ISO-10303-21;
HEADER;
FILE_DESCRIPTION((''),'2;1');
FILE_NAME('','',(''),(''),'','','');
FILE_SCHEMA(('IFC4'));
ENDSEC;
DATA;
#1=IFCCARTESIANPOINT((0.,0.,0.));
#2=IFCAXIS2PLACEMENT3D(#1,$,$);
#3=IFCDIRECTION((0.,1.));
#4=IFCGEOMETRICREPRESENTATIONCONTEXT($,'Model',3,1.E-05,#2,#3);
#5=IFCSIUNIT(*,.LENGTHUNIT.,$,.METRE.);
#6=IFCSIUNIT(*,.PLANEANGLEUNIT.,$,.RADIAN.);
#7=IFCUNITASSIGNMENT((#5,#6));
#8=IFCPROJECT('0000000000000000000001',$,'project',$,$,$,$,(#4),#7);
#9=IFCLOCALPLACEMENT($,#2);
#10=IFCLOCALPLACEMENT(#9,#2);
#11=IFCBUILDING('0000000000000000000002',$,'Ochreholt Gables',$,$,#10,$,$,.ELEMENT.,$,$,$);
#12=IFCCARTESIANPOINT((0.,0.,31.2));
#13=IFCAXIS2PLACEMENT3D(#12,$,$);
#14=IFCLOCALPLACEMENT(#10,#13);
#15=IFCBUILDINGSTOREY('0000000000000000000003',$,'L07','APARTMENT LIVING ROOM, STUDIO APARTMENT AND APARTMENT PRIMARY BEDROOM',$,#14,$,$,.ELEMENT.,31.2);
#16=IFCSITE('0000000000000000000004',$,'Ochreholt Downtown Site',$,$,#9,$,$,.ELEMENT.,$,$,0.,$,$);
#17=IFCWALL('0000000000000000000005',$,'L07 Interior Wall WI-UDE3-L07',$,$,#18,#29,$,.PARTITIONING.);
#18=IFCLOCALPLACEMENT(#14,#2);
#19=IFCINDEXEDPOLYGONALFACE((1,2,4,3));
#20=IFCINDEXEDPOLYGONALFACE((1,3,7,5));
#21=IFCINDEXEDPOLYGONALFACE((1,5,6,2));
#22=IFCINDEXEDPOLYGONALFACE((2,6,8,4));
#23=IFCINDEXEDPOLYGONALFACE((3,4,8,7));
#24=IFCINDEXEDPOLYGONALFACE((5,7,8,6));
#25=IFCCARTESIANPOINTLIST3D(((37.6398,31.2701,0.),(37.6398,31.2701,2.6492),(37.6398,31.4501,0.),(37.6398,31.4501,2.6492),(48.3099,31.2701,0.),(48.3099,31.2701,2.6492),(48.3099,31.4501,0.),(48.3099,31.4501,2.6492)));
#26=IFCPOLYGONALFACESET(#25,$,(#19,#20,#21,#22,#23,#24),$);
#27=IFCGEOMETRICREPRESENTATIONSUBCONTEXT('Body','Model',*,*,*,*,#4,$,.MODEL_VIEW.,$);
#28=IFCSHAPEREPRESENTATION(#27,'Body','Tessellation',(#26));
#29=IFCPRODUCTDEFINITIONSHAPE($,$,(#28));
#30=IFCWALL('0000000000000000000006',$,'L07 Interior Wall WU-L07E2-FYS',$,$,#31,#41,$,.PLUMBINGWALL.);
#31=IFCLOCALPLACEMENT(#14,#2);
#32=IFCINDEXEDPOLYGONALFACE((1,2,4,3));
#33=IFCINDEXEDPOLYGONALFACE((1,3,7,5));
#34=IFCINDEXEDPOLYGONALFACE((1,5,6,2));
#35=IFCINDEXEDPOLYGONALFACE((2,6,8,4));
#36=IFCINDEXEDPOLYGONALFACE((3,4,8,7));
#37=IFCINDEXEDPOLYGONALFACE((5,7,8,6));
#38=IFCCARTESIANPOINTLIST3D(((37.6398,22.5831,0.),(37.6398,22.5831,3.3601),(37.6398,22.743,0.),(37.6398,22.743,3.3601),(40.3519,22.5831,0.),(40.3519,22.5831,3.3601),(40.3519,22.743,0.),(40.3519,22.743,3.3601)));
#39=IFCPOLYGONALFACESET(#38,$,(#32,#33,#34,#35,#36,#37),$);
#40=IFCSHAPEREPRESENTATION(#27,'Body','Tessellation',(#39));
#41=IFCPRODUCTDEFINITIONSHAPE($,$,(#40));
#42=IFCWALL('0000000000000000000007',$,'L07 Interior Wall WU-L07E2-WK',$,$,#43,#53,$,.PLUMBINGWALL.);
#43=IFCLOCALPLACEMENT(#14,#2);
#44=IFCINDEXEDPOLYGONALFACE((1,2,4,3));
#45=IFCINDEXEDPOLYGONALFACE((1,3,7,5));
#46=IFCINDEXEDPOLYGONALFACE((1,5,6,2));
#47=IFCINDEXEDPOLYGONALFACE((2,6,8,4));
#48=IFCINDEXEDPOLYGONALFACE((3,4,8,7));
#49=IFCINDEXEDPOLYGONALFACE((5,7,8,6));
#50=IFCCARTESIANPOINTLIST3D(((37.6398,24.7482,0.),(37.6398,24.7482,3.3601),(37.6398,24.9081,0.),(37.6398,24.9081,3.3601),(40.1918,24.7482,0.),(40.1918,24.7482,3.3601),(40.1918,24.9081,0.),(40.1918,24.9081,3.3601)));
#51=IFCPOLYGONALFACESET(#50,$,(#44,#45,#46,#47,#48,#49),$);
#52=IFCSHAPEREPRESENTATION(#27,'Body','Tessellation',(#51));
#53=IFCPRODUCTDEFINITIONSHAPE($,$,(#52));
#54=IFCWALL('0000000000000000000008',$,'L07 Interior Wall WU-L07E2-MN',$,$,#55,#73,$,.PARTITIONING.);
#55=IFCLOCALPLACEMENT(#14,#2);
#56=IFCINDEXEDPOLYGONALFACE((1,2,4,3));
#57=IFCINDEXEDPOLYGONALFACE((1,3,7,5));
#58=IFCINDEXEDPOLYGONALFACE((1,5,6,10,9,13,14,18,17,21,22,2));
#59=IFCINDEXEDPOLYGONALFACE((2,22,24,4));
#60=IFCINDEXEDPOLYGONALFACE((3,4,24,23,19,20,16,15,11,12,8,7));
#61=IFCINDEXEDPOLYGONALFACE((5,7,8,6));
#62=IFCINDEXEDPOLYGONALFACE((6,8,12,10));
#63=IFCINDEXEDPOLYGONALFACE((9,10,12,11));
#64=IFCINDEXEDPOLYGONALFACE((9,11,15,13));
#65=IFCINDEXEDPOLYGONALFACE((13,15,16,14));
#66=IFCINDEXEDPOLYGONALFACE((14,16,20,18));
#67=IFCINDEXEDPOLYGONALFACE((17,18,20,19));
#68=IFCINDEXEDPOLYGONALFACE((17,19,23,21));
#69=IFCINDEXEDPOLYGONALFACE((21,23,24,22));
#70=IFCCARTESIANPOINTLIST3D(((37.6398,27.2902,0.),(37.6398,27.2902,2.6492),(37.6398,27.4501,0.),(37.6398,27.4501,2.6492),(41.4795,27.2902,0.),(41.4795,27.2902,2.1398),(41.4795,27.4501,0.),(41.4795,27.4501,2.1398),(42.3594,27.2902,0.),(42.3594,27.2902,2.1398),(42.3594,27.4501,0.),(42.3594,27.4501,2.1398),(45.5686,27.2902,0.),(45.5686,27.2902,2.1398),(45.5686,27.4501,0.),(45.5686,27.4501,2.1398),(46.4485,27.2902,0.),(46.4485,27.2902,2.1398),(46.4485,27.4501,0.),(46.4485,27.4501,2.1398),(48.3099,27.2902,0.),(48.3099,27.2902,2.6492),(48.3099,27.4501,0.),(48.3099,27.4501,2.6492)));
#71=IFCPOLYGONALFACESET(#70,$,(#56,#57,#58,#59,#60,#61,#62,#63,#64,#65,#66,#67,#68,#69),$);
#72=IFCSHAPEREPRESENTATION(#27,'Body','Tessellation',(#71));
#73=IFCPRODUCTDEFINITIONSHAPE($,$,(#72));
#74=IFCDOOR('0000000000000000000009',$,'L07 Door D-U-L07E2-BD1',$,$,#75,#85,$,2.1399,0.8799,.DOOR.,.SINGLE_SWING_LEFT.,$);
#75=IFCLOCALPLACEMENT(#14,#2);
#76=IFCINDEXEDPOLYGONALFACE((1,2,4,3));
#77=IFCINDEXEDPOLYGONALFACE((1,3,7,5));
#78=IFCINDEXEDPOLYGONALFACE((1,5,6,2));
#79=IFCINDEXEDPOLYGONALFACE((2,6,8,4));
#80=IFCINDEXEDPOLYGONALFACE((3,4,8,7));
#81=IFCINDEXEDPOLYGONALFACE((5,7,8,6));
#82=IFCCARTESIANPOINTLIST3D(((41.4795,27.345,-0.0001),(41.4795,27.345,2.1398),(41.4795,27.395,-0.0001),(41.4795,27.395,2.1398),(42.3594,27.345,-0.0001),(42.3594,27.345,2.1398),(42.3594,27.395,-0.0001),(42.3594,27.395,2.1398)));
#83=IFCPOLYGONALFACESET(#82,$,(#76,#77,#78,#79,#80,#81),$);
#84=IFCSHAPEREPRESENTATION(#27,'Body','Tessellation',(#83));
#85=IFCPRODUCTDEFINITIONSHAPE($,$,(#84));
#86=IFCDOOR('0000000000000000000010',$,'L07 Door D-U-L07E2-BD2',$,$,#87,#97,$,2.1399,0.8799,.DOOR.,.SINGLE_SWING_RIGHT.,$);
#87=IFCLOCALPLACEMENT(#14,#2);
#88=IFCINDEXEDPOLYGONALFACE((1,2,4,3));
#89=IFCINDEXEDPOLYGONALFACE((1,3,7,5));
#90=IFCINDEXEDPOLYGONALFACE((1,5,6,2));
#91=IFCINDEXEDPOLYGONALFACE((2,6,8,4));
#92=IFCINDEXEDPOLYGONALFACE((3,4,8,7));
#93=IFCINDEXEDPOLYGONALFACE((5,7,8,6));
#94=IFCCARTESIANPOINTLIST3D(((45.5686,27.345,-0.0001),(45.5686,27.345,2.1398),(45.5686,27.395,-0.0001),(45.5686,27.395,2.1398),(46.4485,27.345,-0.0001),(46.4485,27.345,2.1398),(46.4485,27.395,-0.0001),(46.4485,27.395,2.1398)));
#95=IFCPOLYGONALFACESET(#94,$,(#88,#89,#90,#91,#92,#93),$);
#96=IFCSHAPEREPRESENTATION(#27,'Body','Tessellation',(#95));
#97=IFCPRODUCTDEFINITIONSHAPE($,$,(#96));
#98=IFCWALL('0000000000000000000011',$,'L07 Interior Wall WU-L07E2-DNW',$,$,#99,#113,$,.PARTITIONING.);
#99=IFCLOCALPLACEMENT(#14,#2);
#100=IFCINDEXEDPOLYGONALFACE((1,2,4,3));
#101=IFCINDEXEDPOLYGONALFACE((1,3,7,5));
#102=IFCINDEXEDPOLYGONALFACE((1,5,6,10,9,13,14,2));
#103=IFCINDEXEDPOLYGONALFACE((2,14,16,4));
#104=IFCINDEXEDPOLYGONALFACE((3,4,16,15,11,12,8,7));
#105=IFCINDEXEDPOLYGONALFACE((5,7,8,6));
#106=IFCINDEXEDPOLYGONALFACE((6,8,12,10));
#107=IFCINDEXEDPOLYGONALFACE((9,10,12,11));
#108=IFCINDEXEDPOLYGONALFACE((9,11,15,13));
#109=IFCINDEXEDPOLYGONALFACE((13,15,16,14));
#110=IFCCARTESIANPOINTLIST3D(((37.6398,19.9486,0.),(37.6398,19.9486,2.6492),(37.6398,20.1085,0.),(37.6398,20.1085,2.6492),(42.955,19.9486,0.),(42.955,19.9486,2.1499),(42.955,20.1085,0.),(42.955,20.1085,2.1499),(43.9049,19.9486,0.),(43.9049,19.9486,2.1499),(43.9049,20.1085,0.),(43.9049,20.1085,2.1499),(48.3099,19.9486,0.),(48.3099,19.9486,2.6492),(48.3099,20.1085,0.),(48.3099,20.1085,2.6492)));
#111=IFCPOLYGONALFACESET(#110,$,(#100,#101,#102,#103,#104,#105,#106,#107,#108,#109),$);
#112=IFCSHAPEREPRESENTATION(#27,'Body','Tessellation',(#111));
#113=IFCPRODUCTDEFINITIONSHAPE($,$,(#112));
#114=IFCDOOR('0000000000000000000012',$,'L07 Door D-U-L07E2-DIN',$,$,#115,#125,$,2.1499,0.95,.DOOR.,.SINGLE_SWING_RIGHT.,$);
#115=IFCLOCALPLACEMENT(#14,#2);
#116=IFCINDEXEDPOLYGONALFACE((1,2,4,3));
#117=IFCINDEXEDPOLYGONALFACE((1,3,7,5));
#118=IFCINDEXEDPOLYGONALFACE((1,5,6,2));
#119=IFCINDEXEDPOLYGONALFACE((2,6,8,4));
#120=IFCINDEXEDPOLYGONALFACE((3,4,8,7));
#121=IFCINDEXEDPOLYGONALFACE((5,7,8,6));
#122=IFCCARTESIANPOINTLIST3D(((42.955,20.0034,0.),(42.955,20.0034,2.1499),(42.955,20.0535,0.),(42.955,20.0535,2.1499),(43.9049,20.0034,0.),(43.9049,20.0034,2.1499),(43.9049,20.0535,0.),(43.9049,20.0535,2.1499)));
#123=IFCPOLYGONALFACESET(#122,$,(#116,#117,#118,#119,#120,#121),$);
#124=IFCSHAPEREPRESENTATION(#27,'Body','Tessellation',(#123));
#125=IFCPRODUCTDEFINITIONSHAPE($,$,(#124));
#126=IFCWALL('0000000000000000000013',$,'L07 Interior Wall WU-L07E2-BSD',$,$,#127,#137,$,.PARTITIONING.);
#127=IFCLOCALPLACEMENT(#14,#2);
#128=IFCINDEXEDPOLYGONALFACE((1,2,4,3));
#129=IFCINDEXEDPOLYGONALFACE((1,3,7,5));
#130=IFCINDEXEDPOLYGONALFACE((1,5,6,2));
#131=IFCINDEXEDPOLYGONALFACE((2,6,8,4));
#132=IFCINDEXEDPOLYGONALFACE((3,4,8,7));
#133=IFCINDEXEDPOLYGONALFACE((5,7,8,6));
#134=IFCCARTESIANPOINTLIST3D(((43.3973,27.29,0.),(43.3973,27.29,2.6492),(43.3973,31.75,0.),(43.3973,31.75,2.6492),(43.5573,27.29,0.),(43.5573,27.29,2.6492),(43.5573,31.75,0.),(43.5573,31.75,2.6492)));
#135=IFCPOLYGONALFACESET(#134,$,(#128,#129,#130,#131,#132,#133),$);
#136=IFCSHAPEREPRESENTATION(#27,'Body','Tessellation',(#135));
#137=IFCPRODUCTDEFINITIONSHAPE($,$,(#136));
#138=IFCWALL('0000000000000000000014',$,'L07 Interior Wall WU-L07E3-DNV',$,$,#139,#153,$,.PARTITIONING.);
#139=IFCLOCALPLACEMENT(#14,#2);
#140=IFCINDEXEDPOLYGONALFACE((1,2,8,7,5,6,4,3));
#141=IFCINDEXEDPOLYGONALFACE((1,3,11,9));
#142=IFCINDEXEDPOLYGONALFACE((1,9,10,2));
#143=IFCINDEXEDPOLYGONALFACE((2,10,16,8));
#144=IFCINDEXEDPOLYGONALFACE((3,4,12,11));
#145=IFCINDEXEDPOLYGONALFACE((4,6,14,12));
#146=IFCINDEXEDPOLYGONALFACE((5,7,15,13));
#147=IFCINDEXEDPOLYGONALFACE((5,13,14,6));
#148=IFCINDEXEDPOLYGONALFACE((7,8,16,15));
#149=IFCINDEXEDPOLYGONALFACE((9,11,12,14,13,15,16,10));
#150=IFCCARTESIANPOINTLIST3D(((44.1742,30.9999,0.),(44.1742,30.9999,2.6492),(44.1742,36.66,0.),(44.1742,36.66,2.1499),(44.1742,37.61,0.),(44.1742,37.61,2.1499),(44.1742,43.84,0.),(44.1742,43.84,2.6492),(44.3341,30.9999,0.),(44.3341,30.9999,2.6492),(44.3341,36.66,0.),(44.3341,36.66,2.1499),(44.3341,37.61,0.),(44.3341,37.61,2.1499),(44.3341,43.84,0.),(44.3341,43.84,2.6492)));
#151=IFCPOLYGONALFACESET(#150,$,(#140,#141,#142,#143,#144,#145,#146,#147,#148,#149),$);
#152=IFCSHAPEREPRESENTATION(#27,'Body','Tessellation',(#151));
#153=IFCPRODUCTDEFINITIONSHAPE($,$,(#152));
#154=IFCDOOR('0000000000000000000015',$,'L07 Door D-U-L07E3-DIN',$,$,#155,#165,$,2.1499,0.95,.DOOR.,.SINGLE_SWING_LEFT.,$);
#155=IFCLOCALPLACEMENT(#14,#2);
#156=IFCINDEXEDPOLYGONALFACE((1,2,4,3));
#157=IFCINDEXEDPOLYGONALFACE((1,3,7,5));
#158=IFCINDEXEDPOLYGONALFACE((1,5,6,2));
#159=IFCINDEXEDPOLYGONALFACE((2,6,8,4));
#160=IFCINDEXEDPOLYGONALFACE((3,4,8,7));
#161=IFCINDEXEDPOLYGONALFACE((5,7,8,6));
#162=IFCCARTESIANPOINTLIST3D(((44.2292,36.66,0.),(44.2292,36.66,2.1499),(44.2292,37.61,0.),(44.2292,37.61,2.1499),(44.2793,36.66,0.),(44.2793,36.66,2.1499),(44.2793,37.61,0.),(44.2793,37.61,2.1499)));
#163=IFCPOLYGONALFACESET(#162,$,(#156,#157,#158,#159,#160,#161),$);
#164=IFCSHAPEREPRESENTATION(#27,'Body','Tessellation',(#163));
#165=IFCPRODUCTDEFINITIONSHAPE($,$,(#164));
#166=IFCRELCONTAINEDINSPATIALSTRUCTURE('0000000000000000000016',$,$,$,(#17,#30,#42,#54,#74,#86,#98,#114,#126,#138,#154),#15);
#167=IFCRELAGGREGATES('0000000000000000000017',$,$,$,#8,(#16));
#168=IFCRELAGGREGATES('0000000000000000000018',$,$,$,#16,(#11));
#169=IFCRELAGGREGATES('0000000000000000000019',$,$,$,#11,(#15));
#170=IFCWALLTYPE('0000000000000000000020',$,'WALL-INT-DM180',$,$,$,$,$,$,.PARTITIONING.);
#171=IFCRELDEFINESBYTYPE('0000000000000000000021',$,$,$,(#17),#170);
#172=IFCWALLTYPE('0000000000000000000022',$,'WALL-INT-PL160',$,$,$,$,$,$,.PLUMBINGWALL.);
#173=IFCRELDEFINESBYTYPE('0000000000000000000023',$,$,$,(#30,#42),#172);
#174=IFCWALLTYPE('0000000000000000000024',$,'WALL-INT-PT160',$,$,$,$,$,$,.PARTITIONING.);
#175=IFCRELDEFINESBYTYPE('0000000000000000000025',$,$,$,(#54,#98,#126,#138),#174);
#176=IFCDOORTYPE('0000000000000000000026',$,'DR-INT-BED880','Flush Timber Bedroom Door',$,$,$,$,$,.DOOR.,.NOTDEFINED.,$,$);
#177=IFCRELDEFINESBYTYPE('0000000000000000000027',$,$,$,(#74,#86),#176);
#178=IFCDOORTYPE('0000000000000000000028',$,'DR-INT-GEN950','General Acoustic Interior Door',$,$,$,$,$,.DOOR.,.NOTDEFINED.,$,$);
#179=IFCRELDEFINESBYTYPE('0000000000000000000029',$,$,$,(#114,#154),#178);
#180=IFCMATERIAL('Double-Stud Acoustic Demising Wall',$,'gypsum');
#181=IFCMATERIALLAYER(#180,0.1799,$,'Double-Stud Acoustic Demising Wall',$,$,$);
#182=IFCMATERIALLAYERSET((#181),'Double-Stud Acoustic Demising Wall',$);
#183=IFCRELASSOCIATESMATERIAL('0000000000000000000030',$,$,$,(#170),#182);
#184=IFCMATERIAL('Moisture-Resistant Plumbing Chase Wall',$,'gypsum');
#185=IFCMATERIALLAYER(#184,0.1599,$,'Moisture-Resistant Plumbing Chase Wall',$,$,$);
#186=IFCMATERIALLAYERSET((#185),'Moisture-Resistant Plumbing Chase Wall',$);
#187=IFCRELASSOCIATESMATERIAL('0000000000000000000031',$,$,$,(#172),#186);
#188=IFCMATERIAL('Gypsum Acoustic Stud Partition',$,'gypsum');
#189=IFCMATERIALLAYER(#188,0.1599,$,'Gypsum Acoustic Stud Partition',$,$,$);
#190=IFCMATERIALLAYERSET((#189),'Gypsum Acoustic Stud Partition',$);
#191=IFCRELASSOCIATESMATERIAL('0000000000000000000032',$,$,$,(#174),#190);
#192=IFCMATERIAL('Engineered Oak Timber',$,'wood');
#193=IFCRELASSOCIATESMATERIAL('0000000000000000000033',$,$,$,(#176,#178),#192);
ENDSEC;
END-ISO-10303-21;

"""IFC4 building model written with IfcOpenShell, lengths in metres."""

from ifc_helpers import new_model, si_unit, direction, frame, frame_2d, origin, place, context, subcontext, project, spatial, rectangle, extrude, material, layer, layer_set, type_object, element, fill, save


model = new_model("IFC4")

# Units and contexts
model_context = context("Model", 3, precision=1e-05, world=origin(), true_north=direction((0.0, 1.0)))
body_context = subcontext(model_context, "Body", "Model", "MODEL_VIEW")
ifc_project = project(units=[si_unit("LENGTHUNIT", "METRE"), si_unit("PLANEANGLEUNIT", "RADIAN")], contexts=[model_context])

# Site, building, storey
site_placement = place(None, origin())
site = spatial("IfcSite", under=ifc_project, at=site_placement, Name="Ochreholt Downtown Site", CompositionType="ELEMENT", RefElevation=0.0)
building_placement = place(site_placement, origin())
building = spatial("IfcBuilding", under=site, at=building_placement, Name="Ochreholt Gables", CompositionType="ELEMENT")
storey_placement = place(building_placement, frame((0.0, 0.0, 31.2)))
storey = spatial("IfcBuildingStorey", under=building, at=storey_placement, Name="L07", Description="APARTMENT LIVING ROOM, STUDIO APARTMENT AND APARTMENT PRIMARY BEDROOM", CompositionType="ELEMENT", Elevation=31.2)

# Walls
ifc_material_1 = material(Name="Double-Stud Acoustic Demising Wall", Category="gypsum")
ifc_layer_1 = layer(ifc_material_1, 0.1799, Name="Double-Stud Acoustic Demising Wall")
ifc_layer_set_1 = layer_set([ifc_layer_1], Name="Double-Stud Acoustic Demising Wall")
wall_type_1 = type_object("IfcWallType", Name="WALL-INT-DM180", PredefinedType="PARTITIONING", material=ifc_layer_set_1)
wall_1_placement = place(storey_placement, frame((37.6399, 31.3601, 0.0), z_axis=(0.0, 0.0, 1.0), x_axis=(1.0, 0.0, 0.0)))
element("IfcWall", 1, at=wall_1_placement, inside=storey, type_object=wall_type_1, Name="L07 Interior Wall WI-UDE3-L07", PredefinedType="PARTITIONING", context=body_context, shape_type="SweptSolid", body=[
    extrude(rectangle(XDim=10.6702, YDim=0.1799, at=frame_2d((5.335, 0.0))), origin(), (0.0, 0.0, 1.0), 2.6492),
])
ifc_material_2 = material(Name="Moisture-Resistant Plumbing Chase Wall", Category="gypsum")
ifc_layer_2 = layer(ifc_material_2, 0.1599, Name="Moisture-Resistant Plumbing Chase Wall")
ifc_layer_set_2 = layer_set([ifc_layer_2], Name="Moisture-Resistant Plumbing Chase Wall")
wall_type_2 = type_object("IfcWallType", Name="WALL-INT-PL160", PredefinedType="PLUMBINGWALL", material=ifc_layer_set_2)
wall_2_placement = place(storey_placement, frame((37.6399, 22.6631, 0.0), z_axis=(0.0, 0.0, 1.0), x_axis=(1.0, 0.0, 0.0)))
element("IfcWall", 2, at=wall_2_placement, inside=storey, type_object=wall_type_2, Name="L07 Interior Wall WU-L07E2-FYS", PredefinedType="PLUMBINGWALL", context=body_context, shape_type="SweptSolid", body=[
    extrude(rectangle(XDim=2.7122, YDim=0.1599, at=frame_2d((1.356, 0.0))), origin(), (0.0, 0.0, 1.0), 3.3601),
])

# Shared definitions
ifc_material_3 = material(Name="Engineered Oak Timber", Category="wood")

# Wall
wall_3_placement = place(storey_placement, frame((37.6399, 24.8281, 0.0), z_axis=(0.0, 0.0, 1.0), x_axis=(1.0, 0.0, 0.0)))
element("IfcWall", 3, at=wall_3_placement, inside=storey, type_object=wall_type_2, Name="L07 Interior Wall WU-L07E2-WK", PredefinedType="PLUMBINGWALL", context=body_context, shape_type="SweptSolid", body=[
    extrude(rectangle(XDim=2.552, YDim=0.1599, at=frame_2d((1.2759, 0.0))), origin(), (0.0, 0.0, 1.0), 3.3601),
])

# Wall, openings, doors
ifc_material_4 = material(Name="Gypsum Acoustic Stud Partition", Category="gypsum")
ifc_layer_3 = layer(ifc_material_4, 0.1599, Name="Gypsum Acoustic Stud Partition")
ifc_layer_set_3 = layer_set([ifc_layer_3], Name="Gypsum Acoustic Stud Partition")
wall_type_3 = type_object("IfcWallType", Name="WALL-INT-PT160", PredefinedType="PARTITIONING", material=ifc_layer_set_3)
wall_4_placement = place(storey_placement, frame((37.6399, 27.3701, 0.0), z_axis=(0.0, 0.0, 1.0), x_axis=(1.0, 0.0, 0.0)))
wall_4 = element("IfcWall", 4, at=wall_4_placement, inside=storey, type_object=wall_type_3, Name="L07 Interior Wall WU-L07E2-MN", PredefinedType="PARTITIONING", context=body_context, shape_type="SweptSolid", body=[
    extrude(rectangle(XDim=10.6702, YDim=0.1599, at=frame_2d((5.335, 0.0))), origin(), (0.0, 0.0, 1.0), 2.6492),
])
opening_1_placement = place(wall_4_placement, frame((3.8396, 0.0, 0.0)))
opening_1 = element("IfcOpeningElement", 5, at=opening_1_placement, cuts=wall_4, PredefinedType="OPENING", context=body_context, shape_type="SweptSolid", body=[
    extrude(rectangle(XDim=0.8799, YDim=2.1399, at=frame_2d((0.4399, 1.0698))), frame((0.0, 0.0898, 0.0), z_axis=(0.0, -1.0, 0.0), x_axis=(1.0, 0.0, 0.0)), (0.0, 0.0, 1.0), 0.1799),
])
opening_2_placement = place(wall_4_placement, frame((7.9287, 0.0, 0.0)))
opening_2 = element("IfcOpeningElement", 6, at=opening_2_placement, cuts=wall_4, PredefinedType="OPENING", context=body_context, shape_type="SweptSolid", body=[
    extrude(rectangle(XDim=0.8799, YDim=2.1399, at=frame_2d((0.4399, 1.0698))), frame((0.0, 0.0898, 0.0), z_axis=(0.0, -1.0, 0.0), x_axis=(1.0, 0.0, 0.0)), (0.0, 0.0, 1.0), 0.1799),
])
door_type_1 = type_object("IfcDoorType", Name="DR-INT-BED880", Description="Flush Timber Bedroom Door", OperationType="NOTDEFINED", PredefinedType="DOOR", material=ifc_material_3)
door_1_placement = place(opening_1_placement, origin())
door_1 = element("IfcDoor", 7, at=door_1_placement, inside=storey, type_object=door_type_1, Name="L07 Door D-U-L07E2-BD1", OperationType="SINGLE_SWING_LEFT", OverallHeight=2.1399, OverallWidth=0.8799, PredefinedType="DOOR", context=body_context, shape_type="SweptSolid", body=[
    extrude(rectangle(XDim=0.8799, YDim=2.1399, at=frame_2d((0.4399, 1.0698))), frame((0.0, 0.0249, 0.0), z_axis=(0.0, -1.0, 0.0), x_axis=(1.0, 0.0, 0.0)), (0.0, 0.0, 1.0), 0.05),
])
fill(opening_1, door_1)
door_2_placement = place(opening_2_placement, origin())
door_2 = element("IfcDoor", 8, at=door_2_placement, inside=storey, type_object=door_type_1, Name="L07 Door D-U-L07E2-BD2", OperationType="SINGLE_SWING_RIGHT", OverallHeight=2.1399, OverallWidth=0.8799, PredefinedType="DOOR", context=body_context, shape_type="SweptSolid", body=[
    extrude(rectangle(XDim=0.8799, YDim=2.1399, at=frame_2d((0.4399, 1.0698))), frame((0.0, 0.0249, 0.0), z_axis=(0.0, -1.0, 0.0), x_axis=(1.0, 0.0, 0.0)), (0.0, 0.0, 1.0), 0.05),
])
fill(opening_2, door_2)

# Wall, opening, door
wall_5_placement = place(storey_placement, frame((37.6399, 20.0286, 0.0), z_axis=(0.0, 0.0, 1.0), x_axis=(1.0, 0.0, 0.0)))
wall_5 = element("IfcWall", 9, at=wall_5_placement, inside=storey, type_object=wall_type_3, Name="L07 Interior Wall WU-L07E2-DNW", PredefinedType="PARTITIONING", context=body_context, shape_type="SweptSolid", body=[
    extrude(rectangle(XDim=10.6702, YDim=0.1599, at=frame_2d((5.335, 0.0))), origin(), (0.0, 0.0, 1.0), 2.6492),
])
opening_3_placement = place(wall_5_placement, frame((5.3149, 0.0, 0.0)))
opening_3 = element("IfcOpeningElement", 10, at=opening_3_placement, cuts=wall_5, PredefinedType="OPENING", context=body_context, shape_type="SweptSolid", body=[
    extrude(rectangle(XDim=0.95, YDim=2.1499, at=frame_2d((0.4751, 1.075))), frame((0.0, 0.0898, 0.0), z_axis=(0.0, -1.0, 0.0), x_axis=(1.0, 0.0, 0.0)), (0.0, 0.0, 1.0), 0.1799),
])
door_type_2 = type_object("IfcDoorType", Name="DR-INT-GEN950", Description="General Acoustic Interior Door", OperationType="NOTDEFINED", PredefinedType="DOOR", material=ifc_material_3)
door_3_placement = place(opening_3_placement, origin())
door_3 = element("IfcDoor", 11, at=door_3_placement, inside=storey, type_object=door_type_2, Name="L07 Door D-U-L07E2-DIN", OperationType="SINGLE_SWING_RIGHT", OverallHeight=2.1499, OverallWidth=0.95, PredefinedType="DOOR", context=body_context, shape_type="SweptSolid", body=[
    extrude(rectangle(XDim=0.95, YDim=2.1499, at=frame_2d((0.4751, 1.075))), frame((0.0, 0.0249, 0.0), z_axis=(0.0, -1.0, 0.0), x_axis=(1.0, 0.0, 0.0)), (0.0, 0.0, 1.0), 0.05),
])
fill(opening_3, door_3)

# Wall
wall_6_placement = place(storey_placement, frame((43.4773, 27.29, 0.0), z_axis=(0.0, 0.0, 1.0), x_axis=(0.0, 1.0, 0.0)))
element("IfcWall", 12, at=wall_6_placement, inside=storey, type_object=wall_type_3, Name="L07 Interior Wall WU-L07E2-BSD", PredefinedType="PARTITIONING", context=body_context, shape_type="SweptSolid", body=[
    extrude(rectangle(XDim=4.46, YDim=0.1599, at=frame_2d((2.23, 0.0))), origin(), (0.0, 0.0, 1.0), 2.6492),
])

# Wall, opening, door
wall_7_placement = place(storey_placement, frame((44.2542, 31.0, 0.0), z_axis=(0.0, 0.0, 1.0), x_axis=(0.0, 1.0, 0.0)))
wall_7 = element("IfcWall", 13, at=wall_7_placement, inside=storey, type_object=wall_type_3, Name="L07 Interior Wall WU-L07E3-DNV", PredefinedType="PARTITIONING", context=body_context, shape_type="SweptSolid", body=[
    extrude(rectangle(XDim=12.8401, YDim=0.1599, at=frame_2d((6.4199, 0.0))), origin(), (0.0, 0.0, 1.0), 2.6492),
])
opening_4_placement = place(wall_7_placement, frame((5.6599, 0.0, 0.0)))
opening_4 = element("IfcOpeningElement", 14, at=opening_4_placement, cuts=wall_7, PredefinedType="OPENING", context=body_context, shape_type="SweptSolid", body=[
    extrude(rectangle(XDim=0.95, YDim=2.1499, at=frame_2d((0.4751, 1.075))), frame((0.0, 0.0898, 0.0), z_axis=(0.0, -1.0, 0.0), x_axis=(1.0, 0.0, 0.0)), (0.0, 0.0, 1.0), 0.1799),
])
door_4_placement = place(opening_4_placement, origin())
door_4 = element("IfcDoor", 15, at=door_4_placement, inside=storey, type_object=door_type_2, Name="L07 Door D-U-L07E3-DIN", OperationType="SINGLE_SWING_LEFT", OverallHeight=2.1499, OverallWidth=0.95, PredefinedType="DOOR", context=body_context, shape_type="SweptSolid", body=[
    extrude(rectangle(XDim=0.95, YDim=2.1499, at=frame_2d((0.4751, 1.075))), frame((0.0, 0.0249, 0.0), z_axis=(0.0, -1.0, 0.0), x_axis=(1.0, 0.0, 0.0)), (0.0, 0.0, 1.0), 0.05),
])
fill(opening_4, door_4)

save(model, "model.ifc")
